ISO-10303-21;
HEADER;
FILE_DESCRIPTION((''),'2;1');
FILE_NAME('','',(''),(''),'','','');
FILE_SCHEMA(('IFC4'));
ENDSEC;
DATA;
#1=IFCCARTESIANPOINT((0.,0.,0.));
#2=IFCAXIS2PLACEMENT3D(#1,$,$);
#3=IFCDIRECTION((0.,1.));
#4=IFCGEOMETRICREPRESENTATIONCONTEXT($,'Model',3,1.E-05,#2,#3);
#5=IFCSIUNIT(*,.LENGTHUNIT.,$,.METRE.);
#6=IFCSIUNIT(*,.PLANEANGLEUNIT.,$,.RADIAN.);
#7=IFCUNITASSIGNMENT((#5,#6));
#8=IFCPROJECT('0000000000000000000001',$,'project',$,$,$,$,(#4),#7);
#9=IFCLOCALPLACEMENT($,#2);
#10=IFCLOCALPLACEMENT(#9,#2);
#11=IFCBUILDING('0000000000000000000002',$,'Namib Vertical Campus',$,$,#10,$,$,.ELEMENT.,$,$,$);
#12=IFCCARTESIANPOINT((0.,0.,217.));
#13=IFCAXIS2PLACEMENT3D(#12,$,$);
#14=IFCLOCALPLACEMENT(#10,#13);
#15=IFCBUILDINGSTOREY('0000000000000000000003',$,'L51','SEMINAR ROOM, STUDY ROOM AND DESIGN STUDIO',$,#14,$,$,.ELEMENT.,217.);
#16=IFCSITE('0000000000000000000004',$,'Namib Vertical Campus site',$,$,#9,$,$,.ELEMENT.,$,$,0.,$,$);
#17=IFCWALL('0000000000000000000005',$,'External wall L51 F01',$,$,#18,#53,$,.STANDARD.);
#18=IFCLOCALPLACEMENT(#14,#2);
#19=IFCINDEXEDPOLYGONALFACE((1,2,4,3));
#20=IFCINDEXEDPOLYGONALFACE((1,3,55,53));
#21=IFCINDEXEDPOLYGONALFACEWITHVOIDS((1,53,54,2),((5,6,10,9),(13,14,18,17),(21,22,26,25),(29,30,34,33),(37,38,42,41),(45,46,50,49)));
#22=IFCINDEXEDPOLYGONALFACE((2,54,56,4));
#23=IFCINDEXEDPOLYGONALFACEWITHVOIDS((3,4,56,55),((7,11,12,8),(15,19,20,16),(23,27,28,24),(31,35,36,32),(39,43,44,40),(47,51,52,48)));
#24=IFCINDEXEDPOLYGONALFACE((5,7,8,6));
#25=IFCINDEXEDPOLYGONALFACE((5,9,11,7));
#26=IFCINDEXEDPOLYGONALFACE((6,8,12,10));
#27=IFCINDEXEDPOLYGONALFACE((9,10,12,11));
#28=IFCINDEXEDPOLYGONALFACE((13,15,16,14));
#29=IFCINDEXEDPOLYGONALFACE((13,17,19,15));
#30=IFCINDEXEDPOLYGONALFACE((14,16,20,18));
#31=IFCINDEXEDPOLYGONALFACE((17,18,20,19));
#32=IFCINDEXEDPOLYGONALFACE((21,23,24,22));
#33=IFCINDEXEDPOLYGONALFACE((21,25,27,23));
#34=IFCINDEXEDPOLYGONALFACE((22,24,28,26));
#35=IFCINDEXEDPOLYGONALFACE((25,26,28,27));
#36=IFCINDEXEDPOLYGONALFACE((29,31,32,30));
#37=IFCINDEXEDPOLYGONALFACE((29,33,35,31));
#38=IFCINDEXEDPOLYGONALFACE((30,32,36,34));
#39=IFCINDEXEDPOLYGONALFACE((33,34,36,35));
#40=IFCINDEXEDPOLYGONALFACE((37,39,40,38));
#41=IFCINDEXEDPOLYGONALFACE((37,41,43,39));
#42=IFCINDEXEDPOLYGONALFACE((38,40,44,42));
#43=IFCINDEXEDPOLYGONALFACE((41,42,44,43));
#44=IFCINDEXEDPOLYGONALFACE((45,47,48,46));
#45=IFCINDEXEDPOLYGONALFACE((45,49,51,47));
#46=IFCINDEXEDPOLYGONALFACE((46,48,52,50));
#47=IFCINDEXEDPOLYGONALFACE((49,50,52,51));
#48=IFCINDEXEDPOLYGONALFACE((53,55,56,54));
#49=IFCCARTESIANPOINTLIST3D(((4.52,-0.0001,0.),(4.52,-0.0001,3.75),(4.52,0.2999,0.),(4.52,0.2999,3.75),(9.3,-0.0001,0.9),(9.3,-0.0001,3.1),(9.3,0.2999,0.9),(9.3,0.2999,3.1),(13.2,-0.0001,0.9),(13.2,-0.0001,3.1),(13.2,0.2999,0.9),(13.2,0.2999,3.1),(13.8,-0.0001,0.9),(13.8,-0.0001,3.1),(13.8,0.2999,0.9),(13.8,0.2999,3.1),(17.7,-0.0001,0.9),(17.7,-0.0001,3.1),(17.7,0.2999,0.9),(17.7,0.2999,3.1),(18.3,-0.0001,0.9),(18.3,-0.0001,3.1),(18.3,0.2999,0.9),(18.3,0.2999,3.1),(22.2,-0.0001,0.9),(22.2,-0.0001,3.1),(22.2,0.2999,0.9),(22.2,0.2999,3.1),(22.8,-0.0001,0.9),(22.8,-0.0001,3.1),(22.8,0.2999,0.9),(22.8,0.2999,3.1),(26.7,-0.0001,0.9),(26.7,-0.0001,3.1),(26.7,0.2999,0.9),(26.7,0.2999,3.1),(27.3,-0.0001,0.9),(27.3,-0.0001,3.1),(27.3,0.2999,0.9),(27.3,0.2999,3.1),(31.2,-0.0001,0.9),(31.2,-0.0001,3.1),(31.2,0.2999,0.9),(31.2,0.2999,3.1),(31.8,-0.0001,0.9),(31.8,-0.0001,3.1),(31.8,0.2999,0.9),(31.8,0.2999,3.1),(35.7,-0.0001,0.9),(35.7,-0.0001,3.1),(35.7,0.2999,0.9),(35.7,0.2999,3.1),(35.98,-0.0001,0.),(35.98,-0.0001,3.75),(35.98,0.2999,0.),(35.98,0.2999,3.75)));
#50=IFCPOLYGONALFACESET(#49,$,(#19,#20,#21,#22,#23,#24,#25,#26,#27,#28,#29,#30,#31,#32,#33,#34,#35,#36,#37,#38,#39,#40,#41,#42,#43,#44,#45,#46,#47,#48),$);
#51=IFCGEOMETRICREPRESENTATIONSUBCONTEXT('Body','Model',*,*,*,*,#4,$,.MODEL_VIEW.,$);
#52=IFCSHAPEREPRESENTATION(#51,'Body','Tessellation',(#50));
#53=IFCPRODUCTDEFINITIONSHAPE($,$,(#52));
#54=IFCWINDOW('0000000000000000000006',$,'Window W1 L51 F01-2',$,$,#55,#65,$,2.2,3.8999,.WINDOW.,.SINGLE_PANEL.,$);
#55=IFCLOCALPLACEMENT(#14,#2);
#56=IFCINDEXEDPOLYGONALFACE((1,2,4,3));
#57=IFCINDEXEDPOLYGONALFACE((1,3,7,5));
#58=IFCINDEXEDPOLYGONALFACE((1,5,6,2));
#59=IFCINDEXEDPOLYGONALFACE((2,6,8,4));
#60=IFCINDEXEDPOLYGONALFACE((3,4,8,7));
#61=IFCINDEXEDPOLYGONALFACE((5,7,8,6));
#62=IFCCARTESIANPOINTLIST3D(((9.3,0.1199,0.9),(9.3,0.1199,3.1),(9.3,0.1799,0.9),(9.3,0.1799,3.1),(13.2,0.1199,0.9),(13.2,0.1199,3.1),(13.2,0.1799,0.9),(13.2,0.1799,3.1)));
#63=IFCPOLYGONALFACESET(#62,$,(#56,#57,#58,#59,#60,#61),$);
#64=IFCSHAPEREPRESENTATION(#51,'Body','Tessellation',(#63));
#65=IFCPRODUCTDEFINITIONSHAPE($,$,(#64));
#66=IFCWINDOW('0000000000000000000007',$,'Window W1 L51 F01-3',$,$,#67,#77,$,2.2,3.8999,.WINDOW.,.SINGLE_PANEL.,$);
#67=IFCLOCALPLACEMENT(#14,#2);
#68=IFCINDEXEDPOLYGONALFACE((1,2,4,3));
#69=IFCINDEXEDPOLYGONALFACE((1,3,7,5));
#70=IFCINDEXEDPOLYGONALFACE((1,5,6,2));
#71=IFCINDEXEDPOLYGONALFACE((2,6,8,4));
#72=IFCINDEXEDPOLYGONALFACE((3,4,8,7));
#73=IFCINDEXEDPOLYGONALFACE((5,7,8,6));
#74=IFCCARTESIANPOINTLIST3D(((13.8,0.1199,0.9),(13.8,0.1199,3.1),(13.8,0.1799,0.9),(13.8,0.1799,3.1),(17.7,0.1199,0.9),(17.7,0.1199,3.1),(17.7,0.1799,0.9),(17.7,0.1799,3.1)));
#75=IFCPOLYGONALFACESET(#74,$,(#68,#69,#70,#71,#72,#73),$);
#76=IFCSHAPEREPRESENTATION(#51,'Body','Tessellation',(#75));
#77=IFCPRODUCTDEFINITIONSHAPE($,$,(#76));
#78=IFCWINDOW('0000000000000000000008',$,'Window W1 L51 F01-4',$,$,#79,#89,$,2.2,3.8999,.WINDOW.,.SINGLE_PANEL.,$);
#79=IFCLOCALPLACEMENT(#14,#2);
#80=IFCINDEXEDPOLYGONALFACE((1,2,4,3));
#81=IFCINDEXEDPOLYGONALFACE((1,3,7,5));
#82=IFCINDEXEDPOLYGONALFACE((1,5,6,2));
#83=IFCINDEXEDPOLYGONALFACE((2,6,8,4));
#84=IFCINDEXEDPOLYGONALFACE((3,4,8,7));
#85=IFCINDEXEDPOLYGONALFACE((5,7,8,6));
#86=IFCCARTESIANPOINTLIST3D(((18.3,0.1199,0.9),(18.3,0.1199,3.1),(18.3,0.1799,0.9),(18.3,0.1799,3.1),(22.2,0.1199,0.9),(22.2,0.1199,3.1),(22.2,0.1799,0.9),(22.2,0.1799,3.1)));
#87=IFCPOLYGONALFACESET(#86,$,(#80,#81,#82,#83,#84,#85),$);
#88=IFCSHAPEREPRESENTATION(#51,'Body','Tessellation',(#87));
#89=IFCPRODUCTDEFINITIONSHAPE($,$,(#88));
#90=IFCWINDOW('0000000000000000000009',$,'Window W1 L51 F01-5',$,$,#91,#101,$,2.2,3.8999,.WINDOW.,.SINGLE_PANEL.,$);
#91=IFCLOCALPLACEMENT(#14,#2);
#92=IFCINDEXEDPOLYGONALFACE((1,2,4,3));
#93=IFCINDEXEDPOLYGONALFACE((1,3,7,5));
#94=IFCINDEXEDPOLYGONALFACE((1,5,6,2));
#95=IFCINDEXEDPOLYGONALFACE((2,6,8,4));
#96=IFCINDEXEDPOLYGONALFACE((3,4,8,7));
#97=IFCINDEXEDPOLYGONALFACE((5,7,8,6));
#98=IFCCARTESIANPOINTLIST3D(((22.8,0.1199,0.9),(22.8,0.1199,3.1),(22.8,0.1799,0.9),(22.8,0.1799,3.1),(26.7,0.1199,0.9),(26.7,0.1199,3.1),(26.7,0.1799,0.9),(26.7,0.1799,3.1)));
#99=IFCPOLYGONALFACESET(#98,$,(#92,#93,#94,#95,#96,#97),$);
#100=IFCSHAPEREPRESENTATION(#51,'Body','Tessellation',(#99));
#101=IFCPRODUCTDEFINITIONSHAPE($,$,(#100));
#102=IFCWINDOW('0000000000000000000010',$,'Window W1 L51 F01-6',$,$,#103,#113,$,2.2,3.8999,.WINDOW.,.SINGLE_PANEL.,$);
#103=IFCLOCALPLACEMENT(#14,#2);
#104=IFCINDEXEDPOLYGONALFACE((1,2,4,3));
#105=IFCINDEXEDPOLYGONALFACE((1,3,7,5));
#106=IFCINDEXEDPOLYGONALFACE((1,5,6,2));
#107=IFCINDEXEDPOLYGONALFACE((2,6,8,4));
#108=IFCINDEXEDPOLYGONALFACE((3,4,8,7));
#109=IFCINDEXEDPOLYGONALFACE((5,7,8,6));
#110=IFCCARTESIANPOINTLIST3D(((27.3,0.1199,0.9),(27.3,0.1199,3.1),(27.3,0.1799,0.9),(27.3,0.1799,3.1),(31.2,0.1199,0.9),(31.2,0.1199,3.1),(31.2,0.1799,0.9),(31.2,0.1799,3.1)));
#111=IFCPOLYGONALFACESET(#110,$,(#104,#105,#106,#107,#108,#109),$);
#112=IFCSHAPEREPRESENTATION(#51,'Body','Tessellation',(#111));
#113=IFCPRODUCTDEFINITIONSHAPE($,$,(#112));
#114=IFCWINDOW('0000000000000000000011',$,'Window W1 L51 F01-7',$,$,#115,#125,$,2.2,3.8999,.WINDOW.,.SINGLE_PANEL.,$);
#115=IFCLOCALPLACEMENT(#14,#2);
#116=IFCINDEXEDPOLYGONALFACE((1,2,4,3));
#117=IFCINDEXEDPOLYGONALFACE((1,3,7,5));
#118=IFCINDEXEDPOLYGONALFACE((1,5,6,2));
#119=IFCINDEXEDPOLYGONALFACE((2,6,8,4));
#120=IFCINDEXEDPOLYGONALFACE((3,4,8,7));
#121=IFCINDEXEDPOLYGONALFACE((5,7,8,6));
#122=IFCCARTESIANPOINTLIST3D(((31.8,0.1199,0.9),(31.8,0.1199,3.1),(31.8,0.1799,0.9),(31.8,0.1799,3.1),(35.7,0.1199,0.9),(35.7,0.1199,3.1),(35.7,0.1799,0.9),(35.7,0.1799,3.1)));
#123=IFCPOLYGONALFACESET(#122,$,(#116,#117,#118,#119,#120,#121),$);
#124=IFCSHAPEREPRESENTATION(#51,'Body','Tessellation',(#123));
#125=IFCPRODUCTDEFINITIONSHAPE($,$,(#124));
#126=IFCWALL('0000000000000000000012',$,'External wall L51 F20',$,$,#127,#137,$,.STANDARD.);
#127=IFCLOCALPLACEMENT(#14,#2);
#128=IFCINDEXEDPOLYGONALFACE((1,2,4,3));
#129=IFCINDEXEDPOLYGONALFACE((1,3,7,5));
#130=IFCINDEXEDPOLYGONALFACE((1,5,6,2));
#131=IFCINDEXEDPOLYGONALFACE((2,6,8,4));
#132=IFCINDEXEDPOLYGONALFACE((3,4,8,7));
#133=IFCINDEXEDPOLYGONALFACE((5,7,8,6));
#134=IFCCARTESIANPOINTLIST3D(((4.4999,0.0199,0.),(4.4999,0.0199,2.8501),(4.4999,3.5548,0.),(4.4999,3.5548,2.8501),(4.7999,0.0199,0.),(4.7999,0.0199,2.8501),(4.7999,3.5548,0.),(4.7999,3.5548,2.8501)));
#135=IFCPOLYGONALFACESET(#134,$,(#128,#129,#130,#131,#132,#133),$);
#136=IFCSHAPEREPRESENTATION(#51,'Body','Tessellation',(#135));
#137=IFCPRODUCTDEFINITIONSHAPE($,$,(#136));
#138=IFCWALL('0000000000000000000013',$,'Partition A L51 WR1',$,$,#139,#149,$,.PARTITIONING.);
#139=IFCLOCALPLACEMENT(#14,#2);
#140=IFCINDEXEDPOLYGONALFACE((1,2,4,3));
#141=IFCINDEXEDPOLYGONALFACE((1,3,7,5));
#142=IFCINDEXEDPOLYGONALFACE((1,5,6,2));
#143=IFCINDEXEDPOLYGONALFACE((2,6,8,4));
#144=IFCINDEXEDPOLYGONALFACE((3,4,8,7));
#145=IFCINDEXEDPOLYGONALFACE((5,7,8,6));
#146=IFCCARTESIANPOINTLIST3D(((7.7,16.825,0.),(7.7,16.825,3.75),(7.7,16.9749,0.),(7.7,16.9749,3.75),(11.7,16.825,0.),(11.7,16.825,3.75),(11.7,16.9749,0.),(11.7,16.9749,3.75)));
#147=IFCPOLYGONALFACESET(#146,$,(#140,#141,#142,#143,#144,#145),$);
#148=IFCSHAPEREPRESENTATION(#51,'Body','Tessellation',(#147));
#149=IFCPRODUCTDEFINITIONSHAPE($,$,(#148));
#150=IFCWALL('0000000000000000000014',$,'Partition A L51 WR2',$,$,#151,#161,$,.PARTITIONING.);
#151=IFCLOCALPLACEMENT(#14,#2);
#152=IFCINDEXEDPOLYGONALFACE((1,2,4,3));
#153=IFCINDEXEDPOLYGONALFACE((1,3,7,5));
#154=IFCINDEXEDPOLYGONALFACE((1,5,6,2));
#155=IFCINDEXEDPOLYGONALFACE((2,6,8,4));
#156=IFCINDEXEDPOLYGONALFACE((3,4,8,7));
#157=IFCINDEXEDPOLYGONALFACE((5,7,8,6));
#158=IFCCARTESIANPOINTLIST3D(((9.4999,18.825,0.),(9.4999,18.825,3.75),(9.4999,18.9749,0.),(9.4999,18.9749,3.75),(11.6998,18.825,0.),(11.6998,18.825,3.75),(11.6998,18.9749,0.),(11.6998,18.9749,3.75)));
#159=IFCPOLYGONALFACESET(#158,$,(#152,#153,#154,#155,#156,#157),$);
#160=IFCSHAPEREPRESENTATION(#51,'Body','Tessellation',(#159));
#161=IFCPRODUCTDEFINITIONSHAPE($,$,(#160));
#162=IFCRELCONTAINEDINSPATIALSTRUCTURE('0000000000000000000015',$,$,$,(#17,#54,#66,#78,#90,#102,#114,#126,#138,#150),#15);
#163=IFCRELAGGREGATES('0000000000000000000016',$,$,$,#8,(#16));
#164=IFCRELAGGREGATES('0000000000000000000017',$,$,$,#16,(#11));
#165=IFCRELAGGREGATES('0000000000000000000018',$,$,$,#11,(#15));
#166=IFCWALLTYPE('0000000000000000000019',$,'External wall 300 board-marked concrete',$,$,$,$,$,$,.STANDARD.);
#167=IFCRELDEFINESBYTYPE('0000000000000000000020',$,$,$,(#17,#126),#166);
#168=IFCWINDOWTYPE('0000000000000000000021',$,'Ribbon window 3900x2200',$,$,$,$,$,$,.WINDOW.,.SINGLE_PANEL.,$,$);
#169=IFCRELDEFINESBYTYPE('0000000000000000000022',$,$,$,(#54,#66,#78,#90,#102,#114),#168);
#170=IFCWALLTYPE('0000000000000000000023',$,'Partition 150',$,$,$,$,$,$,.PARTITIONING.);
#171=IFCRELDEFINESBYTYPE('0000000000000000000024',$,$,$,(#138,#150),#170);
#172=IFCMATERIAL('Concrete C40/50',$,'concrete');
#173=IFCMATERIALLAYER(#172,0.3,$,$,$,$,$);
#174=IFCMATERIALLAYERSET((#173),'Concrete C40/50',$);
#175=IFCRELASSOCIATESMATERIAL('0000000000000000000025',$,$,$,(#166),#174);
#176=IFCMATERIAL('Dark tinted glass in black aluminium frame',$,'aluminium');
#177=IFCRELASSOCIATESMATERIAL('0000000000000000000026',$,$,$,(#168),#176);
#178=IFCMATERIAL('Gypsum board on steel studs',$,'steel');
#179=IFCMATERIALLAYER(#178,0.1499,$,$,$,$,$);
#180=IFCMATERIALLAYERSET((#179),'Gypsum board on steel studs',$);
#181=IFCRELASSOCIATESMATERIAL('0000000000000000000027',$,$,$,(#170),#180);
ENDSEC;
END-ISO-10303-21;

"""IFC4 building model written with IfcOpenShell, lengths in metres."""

from ifc_helpers import new_model, si_unit, direction, frame, frame_2d, origin, place, context, subcontext, project, spatial, rectangle, extrude, material, layer, layer_set, type_object, element, fill, save


model = new_model("IFC4")

# Units and contexts
model_context = context("Model", 3, precision=1e-05, world=origin(), true_north=direction((0.0, 1.0)))
body_context = subcontext(model_context, "Body", "Model", "MODEL_VIEW")
ifc_project = project(units=[si_unit("LENGTHUNIT", "METRE"), si_unit("PLANEANGLEUNIT", "RADIAN")], contexts=[model_context])

# Site, building, storey
site_placement = place(None, origin())
site = spatial("IfcSite", under=ifc_project, at=site_placement, Name="Namib Vertical Campus site", CompositionType="ELEMENT", RefElevation=0.0)
building_placement = place(site_placement, origin())
building = spatial("IfcBuilding", under=site, at=building_placement, Name="Namib Vertical Campus", CompositionType="ELEMENT")
storey_placement = place(building_placement, frame((0.0, 0.0, 217.0)))
storey = spatial("IfcBuildingStorey", under=building, at=storey_placement, Name="L51", Description="SEMINAR ROOM, STUDY ROOM AND DESIGN STUDIO", CompositionType="ELEMENT", Elevation=217.0)

# Wall, openings, windows
ifc_material_1 = material(Name="Concrete C40/50", Category="concrete")
ifc_layer_1 = layer(ifc_material_1, 0.3)
ifc_layer_set_1 = layer_set([ifc_layer_1], Name="Concrete C40/50")
wall_type_1 = type_object("IfcWallType", Name="External wall 300 board-marked concrete", PredefinedType="STANDARD", material=ifc_layer_set_1)
wall_1_placement = place(storey_placement, frame((4.52, 0.1499, 0.0), z_axis=(0.0, 0.0, 1.0), x_axis=(1.0, 0.0, 0.0)))
wall_1 = element("IfcWall", 1, at=wall_1_placement, inside=storey, type_object=wall_type_1, Name="External wall L51 F01", PredefinedType="STANDARD", context=body_context, shape_type="SweptSolid", body=[
    extrude(rectangle(XDim=31.46, YDim=0.3, at=frame_2d((15.73, 0.0))), origin(), (0.0, 0.0, 1.0), 3.75),
])
opening_1_placement = place(wall_1_placement, frame((4.78, 0.0, 0.8999)))
opening_1 = element("IfcOpeningElement", 2, at=opening_1_placement, cuts=wall_1, PredefinedType="OPENING", context=body_context, shape_type="SweptSolid", body=[
    extrude(rectangle(XDim=3.8999, YDim=2.2, at=frame_2d((1.95, 1.1001))), frame((0.0, 0.1599, 0.0), z_axis=(0.0, -1.0, 0.0), x_axis=(1.0, 0.0, 0.0)), (0.0, 0.0, 1.0), 0.3201),
])
opening_2_placement = place(wall_1_placement, frame((9.28, 0.0, 0.8999)))
opening_2 = element("IfcOpeningElement", 3, at=opening_2_placement, cuts=wall_1, PredefinedType="OPENING", context=body_context, shape_type="SweptSolid", body=[
    extrude(rectangle(XDim=3.8999, YDim=2.2, at=frame_2d((1.95, 1.1001))), frame((0.0, 0.1599, 0.0), z_axis=(0.0, -1.0, 0.0), x_axis=(1.0, 0.0, 0.0)), (0.0, 0.0, 1.0), 0.3201),
])
opening_3_placement = place(wall_1_placement, frame((13.78, 0.0, 0.8999)))
opening_3 = element("IfcOpeningElement", 4, at=opening_3_placement, cuts=wall_1, PredefinedType="OPENING", context=body_context, shape_type="SweptSolid", body=[
    extrude(rectangle(XDim=3.8999, YDim=2.2, at=frame_2d((1.95, 1.1001))), frame((0.0, 0.1599, 0.0), z_axis=(0.0, -1.0, 0.0), x_axis=(1.0, 0.0, 0.0)), (0.0, 0.0, 1.0), 0.3201),
])
opening_4_placement = place(wall_1_placement, frame((18.28, 0.0, 0.8999)))
opening_4 = element("IfcOpeningElement", 5, at=opening_4_placement, cuts=wall_1, PredefinedType="OPENING", context=body_context, shape_type="SweptSolid", body=[
    extrude(rectangle(XDim=3.8999, YDim=2.2, at=frame_2d((1.95, 1.1001))), frame((0.0, 0.1599, 0.0), z_axis=(0.0, -1.0, 0.0), x_axis=(1.0, 0.0, 0.0)), (0.0, 0.0, 1.0), 0.3201),
])
opening_5_placement = place(wall_1_placement, frame((22.78, 0.0, 0.8999)))
opening_5 = element("IfcOpeningElement", 6, at=opening_5_placement, cuts=wall_1, PredefinedType="OPENING", context=body_context, shape_type="SweptSolid", body=[
    extrude(rectangle(XDim=3.8999, YDim=2.2, at=frame_2d((1.95, 1.1001))), frame((0.0, 0.1599, 0.0), z_axis=(0.0, -1.0, 0.0), x_axis=(1.0, 0.0, 0.0)), (0.0, 0.0, 1.0), 0.3201),
])
opening_6_placement = place(wall_1_placement, frame((27.28, 0.0, 0.8999)))
opening_6 = element("IfcOpeningElement", 7, at=opening_6_placement, cuts=wall_1, PredefinedType="OPENING", context=body_context, shape_type="SweptSolid", body=[
    extrude(rectangle(XDim=3.8999, YDim=2.2, at=frame_2d((1.95, 1.1001))), frame((0.0, 0.1599, 0.0), z_axis=(0.0, -1.0, 0.0), x_axis=(1.0, 0.0, 0.0)), (0.0, 0.0, 1.0), 0.3201),
])
ifc_material_2 = material(Name="Dark tinted glass in black aluminium frame", Category="aluminium")
window_type = type_object("IfcWindowType", Name="Ribbon window 3900x2200", PartitioningType="SINGLE_PANEL", PredefinedType="WINDOW", material=ifc_material_2)
window_1_placement = place(opening_1_placement, origin())
window_1 = element("IfcWindow", 8, at=window_1_placement, inside=storey, type_object=window_type, Name="Window W1 L51 F01-2", OverallHeight=2.2, OverallWidth=3.8999, PartitioningType="SINGLE_PANEL", PredefinedType="WINDOW", context=body_context, shape_type="SweptSolid", body=[
    extrude(rectangle(XDim=3.8999, YDim=2.2, at=frame_2d((1.95, 1.1001))), frame((0.0, 0.03, 0.0), z_axis=(0.0, -1.0, 0.0), x_axis=(1.0, 0.0, 0.0)), (0.0, 0.0, 1.0), 0.0601),
])
fill(opening_1, window_1)
window_2_placement = place(opening_2_placement, origin())
window_2 = element("IfcWindow", 9, at=window_2_placement, inside=storey, type_object=window_type, Name="Window W1 L51 F01-3", OverallHeight=2.2, OverallWidth=3.8999, PartitioningType="SINGLE_PANEL", PredefinedType="WINDOW", context=body_context, shape_type="SweptSolid", body=[
    extrude(rectangle(XDim=3.8999, YDim=2.2, at=frame_2d((1.95, 1.1001))), frame((0.0, 0.03, 0.0), z_axis=(0.0, -1.0, 0.0), x_axis=(1.0, 0.0, 0.0)), (0.0, 0.0, 1.0), 0.0601),
])
fill(opening_2, window_2)
window_3_placement = place(opening_3_placement, origin())
window_3 = element("IfcWindow", 10, at=window_3_placement, inside=storey, type_object=window_type, Name="Window W1 L51 F01-4", OverallHeight=2.2, OverallWidth=3.8999, PartitioningType="SINGLE_PANEL", PredefinedType="WINDOW", context=body_context, shape_type="SweptSolid", body=[
    extrude(rectangle(XDim=3.8999, YDim=2.2, at=frame_2d((1.95, 1.1001))), frame((0.0, 0.03, 0.0), z_axis=(0.0, -1.0, 0.0), x_axis=(1.0, 0.0, 0.0)), (0.0, 0.0, 1.0), 0.0601),
])
fill(opening_3, window_3)
window_4_placement = place(opening_4_placement, origin())
window_4 = element("IfcWindow", 11, at=window_4_placement, inside=storey, type_object=window_type, Name="Window W1 L51 F01-5", OverallHeight=2.2, OverallWidth=3.8999, PartitioningType="SINGLE_PANEL", PredefinedType="WINDOW", context=body_context, shape_type="SweptSolid", body=[
    extrude(rectangle(XDim=3.8999, YDim=2.2, at=frame_2d((1.95, 1.1001))), frame((0.0, 0.03, 0.0), z_axis=(0.0, -1.0, 0.0), x_axis=(1.0, 0.0, 0.0)), (0.0, 0.0, 1.0), 0.0601),
])
fill(opening_4, window_4)
window_5_placement = place(opening_5_placement, origin())
window_5 = element("IfcWindow", 12, at=window_5_placement, inside=storey, type_object=window_type, Name="Window W1 L51 F01-6", OverallHeight=2.2, OverallWidth=3.8999, PartitioningType="SINGLE_PANEL", PredefinedType="WINDOW", context=body_context, shape_type="SweptSolid", body=[
    extrude(rectangle(XDim=3.8999, YDim=2.2, at=frame_2d((1.95, 1.1001))), frame((0.0, 0.03, 0.0), z_axis=(0.0, -1.0, 0.0), x_axis=(1.0, 0.0, 0.0)), (0.0, 0.0, 1.0), 0.0601),
])
fill(opening_5, window_5)
window_6_placement = place(opening_6_placement, origin())
window_6 = element("IfcWindow", 13, at=window_6_placement, inside=storey, type_object=window_type, Name="Window W1 L51 F01-7", OverallHeight=2.2, OverallWidth=3.8999, PartitioningType="SINGLE_PANEL", PredefinedType="WINDOW", context=body_context, shape_type="SweptSolid", body=[
    extrude(rectangle(XDim=3.8999, YDim=2.2, at=frame_2d((1.95, 1.1001))), frame((0.0, 0.03, 0.0), z_axis=(0.0, -1.0, 0.0), x_axis=(1.0, 0.0, 0.0)), (0.0, 0.0, 1.0), 0.0601),
])
fill(opening_6, window_6)

# Walls
wall_2_placement = place(storey_placement, frame((4.6499, 3.5549, 0.0), z_axis=(0.0, 0.0, 1.0), x_axis=(0.0, -1.0, 0.0)))
element("IfcWall", 14, at=wall_2_placement, inside=storey, type_object=wall_type_1, Name="External wall L51 F20", PredefinedType="STANDARD", context=body_context, shape_type="SweptSolid", body=[
    extrude(rectangle(XDim=3.5349, YDim=0.3, at=frame_2d((1.7676, 0.0))), origin(), (0.0, 0.0, 1.0), 2.8501),
])
ifc_material_3 = material(Name="Gypsum board on steel studs", Category="steel")
ifc_layer_2 = layer(ifc_material_3, 0.1499)
ifc_layer_set_2 = layer_set([ifc_layer_2], Name="Gypsum board on steel studs")
wall_type_2 = type_object("IfcWallType", Name="Partition 150", PredefinedType="PARTITIONING", material=ifc_layer_set_2)
wall_3_placement = place(storey_placement, frame((11.7, 16.8999, 0.0), z_axis=(0.0, 0.0, 1.0), x_axis=(-1.0, 0.0, 0.0)))
element("IfcWall", 15, at=wall_3_placement, inside=storey, type_object=wall_type_2, Name="Partition A L51 WR1", PredefinedType="PARTITIONING", context=body_context, shape_type="SweptSolid", body=[
    extrude(rectangle(XDim=4.0, YDim=0.1499, at=frame_2d((2.0, 0.0))), origin(), (0.0, 0.0, 1.0), 3.75),
])
wall_4_placement = place(storey_placement, frame((11.7, 18.8999, 0.0), z_axis=(0.0, 0.0, 1.0), x_axis=(-1.0, 0.0, 0.0)))
element("IfcWall", 16, at=wall_4_placement, inside=storey, type_object=wall_type_2, Name="Partition A L51 WR2", PredefinedType="PARTITIONING", context=body_context, shape_type="SweptSolid", body=[
    extrude(rectangle(XDim=2.2, YDim=0.1499, at=frame_2d((1.1001, 0.0))), origin(), (0.0, 0.0, 1.0), 3.75),
])

save(model, "model.ifc")
